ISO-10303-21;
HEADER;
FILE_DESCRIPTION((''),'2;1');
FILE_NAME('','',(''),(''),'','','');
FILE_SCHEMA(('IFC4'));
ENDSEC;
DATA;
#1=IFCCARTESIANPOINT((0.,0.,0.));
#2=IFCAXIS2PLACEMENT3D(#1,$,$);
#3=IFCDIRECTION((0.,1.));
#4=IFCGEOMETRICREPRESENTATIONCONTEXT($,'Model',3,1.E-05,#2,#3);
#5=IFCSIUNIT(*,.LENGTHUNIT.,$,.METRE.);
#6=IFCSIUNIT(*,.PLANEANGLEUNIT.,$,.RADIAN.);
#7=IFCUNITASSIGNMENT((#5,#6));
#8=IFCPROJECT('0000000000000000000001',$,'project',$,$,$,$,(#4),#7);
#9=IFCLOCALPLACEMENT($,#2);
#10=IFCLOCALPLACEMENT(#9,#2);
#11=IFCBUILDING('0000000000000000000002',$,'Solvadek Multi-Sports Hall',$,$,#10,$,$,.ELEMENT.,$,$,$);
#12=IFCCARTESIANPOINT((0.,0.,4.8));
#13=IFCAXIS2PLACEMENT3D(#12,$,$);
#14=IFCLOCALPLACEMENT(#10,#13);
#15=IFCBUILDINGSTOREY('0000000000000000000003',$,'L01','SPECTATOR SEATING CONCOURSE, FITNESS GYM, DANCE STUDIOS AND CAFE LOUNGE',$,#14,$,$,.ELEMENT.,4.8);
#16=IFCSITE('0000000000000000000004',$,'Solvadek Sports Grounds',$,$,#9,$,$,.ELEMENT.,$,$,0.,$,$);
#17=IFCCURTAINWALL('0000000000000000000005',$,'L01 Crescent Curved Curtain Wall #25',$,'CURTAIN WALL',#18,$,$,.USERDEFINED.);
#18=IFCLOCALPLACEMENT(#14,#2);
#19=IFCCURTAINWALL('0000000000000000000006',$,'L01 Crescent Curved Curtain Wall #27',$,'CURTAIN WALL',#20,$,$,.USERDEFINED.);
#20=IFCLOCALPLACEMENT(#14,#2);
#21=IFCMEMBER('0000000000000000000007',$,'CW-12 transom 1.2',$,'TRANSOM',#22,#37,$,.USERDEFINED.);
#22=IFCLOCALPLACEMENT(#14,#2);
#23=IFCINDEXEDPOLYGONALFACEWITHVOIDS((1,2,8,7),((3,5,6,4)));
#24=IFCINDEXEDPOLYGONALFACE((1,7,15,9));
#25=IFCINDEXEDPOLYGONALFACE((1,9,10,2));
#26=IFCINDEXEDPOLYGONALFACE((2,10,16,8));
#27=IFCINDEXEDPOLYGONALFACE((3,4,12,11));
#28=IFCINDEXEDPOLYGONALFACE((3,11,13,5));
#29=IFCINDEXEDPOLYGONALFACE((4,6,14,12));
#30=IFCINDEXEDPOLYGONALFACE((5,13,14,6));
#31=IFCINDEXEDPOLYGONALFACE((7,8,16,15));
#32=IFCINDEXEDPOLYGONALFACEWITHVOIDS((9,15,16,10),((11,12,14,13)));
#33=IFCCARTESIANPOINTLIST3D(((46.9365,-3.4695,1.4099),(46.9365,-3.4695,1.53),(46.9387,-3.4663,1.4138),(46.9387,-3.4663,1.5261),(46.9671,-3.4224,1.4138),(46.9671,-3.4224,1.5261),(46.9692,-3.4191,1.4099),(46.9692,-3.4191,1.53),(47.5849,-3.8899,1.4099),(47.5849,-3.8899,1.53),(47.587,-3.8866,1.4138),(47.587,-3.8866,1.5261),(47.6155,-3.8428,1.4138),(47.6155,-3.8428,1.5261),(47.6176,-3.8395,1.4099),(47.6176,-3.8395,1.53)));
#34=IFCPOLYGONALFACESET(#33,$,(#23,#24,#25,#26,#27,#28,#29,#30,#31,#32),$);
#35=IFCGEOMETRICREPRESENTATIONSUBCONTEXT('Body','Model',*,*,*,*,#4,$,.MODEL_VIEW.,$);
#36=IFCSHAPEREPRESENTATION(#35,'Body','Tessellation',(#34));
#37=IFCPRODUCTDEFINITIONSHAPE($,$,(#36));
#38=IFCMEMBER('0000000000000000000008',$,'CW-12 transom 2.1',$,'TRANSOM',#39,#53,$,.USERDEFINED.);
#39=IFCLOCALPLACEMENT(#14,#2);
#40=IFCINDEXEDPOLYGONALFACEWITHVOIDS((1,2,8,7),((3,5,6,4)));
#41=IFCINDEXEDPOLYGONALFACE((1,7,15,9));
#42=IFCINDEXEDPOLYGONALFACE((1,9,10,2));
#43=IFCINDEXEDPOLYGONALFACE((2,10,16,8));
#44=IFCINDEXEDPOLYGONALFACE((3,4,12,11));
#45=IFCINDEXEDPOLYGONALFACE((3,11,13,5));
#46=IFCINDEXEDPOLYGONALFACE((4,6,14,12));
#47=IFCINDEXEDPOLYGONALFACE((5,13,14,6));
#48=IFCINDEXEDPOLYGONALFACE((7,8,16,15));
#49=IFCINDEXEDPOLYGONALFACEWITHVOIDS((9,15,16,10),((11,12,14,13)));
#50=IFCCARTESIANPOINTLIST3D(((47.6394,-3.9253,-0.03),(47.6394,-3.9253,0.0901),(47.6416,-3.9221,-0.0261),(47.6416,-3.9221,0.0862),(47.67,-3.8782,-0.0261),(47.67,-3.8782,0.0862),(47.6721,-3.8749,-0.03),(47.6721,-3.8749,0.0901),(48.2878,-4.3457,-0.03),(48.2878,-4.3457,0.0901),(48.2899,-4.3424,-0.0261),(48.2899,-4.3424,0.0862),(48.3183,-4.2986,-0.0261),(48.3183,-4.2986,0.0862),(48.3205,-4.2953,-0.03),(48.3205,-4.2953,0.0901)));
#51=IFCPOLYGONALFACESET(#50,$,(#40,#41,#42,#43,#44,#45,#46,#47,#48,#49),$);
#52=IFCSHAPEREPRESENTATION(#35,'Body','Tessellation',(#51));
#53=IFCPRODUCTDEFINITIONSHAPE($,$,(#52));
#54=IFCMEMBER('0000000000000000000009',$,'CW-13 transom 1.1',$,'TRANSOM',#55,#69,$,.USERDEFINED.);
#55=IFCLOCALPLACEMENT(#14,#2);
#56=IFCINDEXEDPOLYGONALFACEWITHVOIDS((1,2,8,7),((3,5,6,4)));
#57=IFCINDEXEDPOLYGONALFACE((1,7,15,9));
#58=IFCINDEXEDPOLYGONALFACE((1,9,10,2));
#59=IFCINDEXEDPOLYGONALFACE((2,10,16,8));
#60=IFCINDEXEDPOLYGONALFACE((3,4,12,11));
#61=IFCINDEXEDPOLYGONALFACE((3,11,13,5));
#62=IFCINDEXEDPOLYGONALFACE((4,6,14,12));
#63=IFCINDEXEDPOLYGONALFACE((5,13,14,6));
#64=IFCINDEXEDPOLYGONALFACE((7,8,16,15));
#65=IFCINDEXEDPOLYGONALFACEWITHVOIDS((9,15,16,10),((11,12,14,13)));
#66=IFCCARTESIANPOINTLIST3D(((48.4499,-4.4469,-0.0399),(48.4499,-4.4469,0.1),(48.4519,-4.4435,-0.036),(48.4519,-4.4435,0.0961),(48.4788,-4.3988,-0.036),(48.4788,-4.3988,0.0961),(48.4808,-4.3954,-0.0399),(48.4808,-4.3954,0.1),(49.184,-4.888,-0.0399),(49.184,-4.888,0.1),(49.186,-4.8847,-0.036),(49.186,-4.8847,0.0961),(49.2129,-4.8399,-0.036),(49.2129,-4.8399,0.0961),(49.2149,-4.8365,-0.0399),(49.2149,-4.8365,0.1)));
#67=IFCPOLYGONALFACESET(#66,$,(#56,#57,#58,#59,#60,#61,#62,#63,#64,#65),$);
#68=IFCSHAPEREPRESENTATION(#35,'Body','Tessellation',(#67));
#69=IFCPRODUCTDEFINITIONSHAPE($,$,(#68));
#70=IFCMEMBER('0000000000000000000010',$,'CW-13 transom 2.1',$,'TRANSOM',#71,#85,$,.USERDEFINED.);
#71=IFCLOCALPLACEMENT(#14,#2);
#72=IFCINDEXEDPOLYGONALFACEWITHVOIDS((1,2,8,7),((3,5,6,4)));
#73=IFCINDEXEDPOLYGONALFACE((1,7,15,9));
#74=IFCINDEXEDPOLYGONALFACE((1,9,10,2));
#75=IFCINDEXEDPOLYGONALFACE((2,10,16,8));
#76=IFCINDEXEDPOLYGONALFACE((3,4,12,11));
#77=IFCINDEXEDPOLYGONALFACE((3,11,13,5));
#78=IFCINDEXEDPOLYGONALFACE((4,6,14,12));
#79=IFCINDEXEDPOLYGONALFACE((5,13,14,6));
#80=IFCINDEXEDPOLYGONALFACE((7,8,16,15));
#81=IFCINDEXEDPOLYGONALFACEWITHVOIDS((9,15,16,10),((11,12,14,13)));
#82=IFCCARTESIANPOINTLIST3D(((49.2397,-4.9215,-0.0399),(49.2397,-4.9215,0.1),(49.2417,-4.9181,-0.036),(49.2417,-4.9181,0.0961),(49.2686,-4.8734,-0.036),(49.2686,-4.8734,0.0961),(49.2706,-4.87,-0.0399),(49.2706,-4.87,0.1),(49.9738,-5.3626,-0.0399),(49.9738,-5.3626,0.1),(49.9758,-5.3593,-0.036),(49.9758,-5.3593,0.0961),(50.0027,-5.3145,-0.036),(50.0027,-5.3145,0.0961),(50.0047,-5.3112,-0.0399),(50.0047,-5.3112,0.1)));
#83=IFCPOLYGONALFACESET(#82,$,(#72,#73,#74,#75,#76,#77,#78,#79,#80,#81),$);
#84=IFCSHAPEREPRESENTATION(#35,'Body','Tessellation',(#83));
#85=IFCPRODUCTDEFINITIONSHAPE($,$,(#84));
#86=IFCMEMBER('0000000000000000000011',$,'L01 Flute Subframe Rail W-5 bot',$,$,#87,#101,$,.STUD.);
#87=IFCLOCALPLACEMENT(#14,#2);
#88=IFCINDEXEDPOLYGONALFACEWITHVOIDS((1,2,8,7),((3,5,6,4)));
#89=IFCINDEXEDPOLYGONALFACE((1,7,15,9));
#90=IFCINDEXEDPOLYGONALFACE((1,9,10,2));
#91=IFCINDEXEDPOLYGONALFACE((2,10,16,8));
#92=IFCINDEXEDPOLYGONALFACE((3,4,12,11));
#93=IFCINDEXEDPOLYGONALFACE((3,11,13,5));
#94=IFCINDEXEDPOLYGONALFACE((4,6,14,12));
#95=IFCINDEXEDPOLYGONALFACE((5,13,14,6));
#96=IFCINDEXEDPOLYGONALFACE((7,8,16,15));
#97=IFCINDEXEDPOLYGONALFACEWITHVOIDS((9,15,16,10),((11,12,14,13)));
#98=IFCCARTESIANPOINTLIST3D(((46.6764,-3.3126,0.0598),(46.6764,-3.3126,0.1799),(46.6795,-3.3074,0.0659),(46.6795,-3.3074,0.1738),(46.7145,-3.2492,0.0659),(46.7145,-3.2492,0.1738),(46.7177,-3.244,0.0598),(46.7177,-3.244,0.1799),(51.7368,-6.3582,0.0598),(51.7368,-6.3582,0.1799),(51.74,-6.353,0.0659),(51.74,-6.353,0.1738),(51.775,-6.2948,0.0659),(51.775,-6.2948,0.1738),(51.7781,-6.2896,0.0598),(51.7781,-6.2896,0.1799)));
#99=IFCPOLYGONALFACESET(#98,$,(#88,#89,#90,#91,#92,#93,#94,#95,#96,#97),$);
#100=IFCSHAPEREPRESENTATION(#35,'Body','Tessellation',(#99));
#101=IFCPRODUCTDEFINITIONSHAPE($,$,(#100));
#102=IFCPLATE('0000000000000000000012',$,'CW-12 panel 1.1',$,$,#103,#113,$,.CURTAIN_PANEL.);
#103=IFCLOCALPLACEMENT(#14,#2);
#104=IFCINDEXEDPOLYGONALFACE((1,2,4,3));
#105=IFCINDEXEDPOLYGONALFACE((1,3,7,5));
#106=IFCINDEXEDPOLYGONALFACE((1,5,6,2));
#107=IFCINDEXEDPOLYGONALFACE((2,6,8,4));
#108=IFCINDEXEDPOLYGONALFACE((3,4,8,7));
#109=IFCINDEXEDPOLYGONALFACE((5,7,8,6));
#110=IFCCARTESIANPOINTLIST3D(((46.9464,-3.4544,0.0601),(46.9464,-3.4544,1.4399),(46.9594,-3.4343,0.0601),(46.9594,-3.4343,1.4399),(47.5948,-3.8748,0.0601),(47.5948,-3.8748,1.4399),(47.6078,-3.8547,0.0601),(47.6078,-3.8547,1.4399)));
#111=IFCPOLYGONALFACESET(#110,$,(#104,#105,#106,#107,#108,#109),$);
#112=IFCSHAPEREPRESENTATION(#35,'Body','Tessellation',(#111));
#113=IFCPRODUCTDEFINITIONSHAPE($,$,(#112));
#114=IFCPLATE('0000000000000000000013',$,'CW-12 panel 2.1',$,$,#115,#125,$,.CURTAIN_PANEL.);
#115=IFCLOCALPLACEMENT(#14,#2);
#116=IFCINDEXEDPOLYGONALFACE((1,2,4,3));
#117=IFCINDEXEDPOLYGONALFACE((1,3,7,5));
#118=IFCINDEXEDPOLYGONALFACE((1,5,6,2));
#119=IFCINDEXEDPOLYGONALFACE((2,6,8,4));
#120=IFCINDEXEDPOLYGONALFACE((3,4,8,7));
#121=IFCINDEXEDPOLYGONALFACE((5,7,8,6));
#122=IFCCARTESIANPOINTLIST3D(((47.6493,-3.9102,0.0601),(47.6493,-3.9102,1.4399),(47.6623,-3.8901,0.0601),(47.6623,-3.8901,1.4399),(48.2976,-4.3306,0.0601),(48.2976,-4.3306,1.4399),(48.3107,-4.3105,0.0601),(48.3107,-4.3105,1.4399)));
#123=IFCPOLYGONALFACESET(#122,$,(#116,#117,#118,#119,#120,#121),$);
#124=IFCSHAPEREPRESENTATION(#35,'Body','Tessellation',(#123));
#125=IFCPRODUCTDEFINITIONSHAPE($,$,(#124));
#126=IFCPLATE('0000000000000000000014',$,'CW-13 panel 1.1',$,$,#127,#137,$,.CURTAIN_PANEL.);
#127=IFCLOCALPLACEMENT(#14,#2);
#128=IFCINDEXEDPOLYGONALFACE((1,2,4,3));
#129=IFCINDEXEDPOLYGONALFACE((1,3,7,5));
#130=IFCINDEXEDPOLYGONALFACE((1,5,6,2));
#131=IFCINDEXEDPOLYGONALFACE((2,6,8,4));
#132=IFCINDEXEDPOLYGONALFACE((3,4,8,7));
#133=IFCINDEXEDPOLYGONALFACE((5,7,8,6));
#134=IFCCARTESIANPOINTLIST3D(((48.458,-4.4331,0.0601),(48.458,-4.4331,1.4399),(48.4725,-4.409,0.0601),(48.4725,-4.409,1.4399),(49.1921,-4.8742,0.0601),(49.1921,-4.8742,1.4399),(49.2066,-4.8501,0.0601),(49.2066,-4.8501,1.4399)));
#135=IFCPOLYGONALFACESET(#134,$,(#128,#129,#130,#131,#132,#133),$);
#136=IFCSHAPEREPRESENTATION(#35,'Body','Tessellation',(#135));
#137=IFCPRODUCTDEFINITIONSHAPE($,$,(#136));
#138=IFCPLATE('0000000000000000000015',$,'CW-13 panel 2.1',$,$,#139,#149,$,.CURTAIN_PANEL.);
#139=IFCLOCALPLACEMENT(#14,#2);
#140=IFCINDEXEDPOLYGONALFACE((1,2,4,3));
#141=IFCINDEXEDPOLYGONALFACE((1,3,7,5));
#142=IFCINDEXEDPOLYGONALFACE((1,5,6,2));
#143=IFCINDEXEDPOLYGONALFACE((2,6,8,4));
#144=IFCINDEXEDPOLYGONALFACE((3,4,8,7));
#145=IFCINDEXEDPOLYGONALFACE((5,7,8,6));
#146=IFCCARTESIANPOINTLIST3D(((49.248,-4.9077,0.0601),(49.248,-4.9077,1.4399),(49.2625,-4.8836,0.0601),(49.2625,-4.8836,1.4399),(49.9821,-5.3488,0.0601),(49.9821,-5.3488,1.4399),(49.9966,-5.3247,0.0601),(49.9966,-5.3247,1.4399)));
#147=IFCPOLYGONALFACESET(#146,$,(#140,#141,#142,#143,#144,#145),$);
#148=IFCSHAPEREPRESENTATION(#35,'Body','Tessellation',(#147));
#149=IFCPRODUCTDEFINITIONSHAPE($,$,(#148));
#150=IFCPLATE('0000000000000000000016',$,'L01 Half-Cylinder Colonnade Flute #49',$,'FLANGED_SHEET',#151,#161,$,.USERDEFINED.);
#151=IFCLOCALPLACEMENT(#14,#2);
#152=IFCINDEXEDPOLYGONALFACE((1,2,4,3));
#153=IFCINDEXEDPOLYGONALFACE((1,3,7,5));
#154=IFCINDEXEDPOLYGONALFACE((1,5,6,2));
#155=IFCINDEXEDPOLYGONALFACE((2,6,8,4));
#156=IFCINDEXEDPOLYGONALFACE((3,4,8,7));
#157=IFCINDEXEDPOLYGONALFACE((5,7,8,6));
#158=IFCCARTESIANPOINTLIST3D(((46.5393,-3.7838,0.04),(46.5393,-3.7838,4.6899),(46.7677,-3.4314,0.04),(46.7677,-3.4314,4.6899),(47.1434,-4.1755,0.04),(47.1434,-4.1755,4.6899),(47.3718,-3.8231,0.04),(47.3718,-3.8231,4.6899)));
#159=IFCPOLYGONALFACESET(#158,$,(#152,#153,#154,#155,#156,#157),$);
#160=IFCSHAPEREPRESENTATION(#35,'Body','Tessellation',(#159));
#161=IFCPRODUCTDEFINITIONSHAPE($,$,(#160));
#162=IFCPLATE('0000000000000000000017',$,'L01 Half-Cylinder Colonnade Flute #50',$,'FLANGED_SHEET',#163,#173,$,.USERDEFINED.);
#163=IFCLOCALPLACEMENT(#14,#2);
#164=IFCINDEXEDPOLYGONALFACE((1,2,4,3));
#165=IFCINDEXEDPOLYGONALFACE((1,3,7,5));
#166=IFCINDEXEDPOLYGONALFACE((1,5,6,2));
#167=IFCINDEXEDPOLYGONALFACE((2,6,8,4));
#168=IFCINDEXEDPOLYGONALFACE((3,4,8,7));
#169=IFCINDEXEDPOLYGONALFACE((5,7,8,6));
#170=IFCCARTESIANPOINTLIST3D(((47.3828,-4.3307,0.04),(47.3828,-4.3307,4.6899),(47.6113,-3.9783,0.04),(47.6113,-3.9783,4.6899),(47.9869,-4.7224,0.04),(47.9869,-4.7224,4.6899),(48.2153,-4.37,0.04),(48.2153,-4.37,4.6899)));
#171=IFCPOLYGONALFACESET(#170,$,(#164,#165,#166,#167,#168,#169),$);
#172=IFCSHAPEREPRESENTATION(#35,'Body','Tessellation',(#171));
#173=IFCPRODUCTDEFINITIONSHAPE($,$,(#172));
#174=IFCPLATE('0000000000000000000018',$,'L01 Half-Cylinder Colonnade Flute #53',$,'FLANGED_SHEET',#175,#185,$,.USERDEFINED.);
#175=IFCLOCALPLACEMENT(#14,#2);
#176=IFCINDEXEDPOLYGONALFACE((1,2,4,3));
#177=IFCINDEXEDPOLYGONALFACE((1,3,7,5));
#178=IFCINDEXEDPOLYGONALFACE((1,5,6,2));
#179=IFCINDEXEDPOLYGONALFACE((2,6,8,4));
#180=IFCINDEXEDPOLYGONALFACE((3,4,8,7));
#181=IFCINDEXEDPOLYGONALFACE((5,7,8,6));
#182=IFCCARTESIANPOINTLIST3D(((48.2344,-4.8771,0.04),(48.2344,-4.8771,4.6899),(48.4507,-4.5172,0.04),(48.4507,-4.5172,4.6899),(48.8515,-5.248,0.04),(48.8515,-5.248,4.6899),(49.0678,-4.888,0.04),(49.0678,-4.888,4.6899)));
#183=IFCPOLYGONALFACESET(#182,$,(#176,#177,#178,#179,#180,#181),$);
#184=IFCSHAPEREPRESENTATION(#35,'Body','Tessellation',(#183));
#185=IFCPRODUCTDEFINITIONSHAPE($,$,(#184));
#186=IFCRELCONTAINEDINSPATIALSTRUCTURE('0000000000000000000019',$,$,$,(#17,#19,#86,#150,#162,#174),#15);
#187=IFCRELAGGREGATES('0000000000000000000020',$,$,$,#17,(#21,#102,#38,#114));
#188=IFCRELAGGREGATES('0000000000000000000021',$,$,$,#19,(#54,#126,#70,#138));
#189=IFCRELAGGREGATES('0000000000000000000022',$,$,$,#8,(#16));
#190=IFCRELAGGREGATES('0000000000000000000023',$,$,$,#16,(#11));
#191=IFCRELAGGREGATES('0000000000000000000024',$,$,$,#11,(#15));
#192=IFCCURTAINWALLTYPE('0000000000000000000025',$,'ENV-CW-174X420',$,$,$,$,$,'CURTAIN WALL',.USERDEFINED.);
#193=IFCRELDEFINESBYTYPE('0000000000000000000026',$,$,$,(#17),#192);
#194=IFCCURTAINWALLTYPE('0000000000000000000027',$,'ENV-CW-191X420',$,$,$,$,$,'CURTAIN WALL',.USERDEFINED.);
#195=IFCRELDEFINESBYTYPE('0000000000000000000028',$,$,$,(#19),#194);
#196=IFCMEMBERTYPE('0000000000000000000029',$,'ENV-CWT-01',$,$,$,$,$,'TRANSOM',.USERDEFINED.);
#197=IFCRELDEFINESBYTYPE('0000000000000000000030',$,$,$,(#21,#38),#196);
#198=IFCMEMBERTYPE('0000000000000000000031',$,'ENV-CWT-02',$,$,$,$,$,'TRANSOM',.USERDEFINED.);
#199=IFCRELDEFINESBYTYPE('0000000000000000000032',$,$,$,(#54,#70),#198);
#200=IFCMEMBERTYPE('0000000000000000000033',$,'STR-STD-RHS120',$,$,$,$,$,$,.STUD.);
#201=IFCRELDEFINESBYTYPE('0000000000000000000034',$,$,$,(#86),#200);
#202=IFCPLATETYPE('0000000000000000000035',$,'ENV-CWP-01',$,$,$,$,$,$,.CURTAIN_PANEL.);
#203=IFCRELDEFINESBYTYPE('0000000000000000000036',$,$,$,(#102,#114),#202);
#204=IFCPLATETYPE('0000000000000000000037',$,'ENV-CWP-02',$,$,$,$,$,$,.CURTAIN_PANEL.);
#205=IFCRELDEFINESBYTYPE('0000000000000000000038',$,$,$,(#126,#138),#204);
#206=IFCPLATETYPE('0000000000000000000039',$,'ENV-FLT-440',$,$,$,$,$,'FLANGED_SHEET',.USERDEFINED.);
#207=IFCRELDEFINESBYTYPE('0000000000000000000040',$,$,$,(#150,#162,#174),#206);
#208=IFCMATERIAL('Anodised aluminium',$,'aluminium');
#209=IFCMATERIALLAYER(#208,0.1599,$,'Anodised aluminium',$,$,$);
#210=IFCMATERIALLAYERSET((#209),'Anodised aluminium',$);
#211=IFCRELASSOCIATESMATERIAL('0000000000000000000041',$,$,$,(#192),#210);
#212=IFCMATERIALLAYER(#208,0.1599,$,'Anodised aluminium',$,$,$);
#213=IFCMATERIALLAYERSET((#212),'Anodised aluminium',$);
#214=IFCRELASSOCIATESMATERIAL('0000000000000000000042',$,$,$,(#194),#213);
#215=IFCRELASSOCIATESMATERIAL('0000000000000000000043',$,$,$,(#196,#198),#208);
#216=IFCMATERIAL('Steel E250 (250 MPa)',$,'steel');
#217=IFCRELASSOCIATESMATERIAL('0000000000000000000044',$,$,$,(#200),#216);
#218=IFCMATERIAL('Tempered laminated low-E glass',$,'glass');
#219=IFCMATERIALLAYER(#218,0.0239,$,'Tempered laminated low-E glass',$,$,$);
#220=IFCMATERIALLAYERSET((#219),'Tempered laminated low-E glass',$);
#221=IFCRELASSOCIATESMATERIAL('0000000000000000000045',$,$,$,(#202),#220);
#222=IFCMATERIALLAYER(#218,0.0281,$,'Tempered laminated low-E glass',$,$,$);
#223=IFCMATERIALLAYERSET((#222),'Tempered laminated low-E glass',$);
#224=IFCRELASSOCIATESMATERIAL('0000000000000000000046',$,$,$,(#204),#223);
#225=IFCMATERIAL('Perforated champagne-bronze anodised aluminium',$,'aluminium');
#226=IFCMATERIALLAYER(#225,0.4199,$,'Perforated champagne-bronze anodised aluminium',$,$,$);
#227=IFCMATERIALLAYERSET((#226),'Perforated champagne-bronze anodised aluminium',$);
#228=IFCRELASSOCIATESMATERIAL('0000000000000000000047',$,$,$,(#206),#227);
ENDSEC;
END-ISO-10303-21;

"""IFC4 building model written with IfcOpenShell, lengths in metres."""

from ifc_helpers import new_model, si_unit, direction, frame, origin, origin_2d, place, context, subcontext, project, spatial, rectangle, hollow_rectangle, extrude, material, layer, layer_set, material_profile, profile_set, type_object, element, aggregate, save


model = new_model("IFC4")

# Units and contexts
model_context = context("Model", 3, precision=1e-05, world=origin(), true_north=direction((0.0, 1.0)))
body_context = subcontext(model_context, "Body", "Model", "MODEL_VIEW")
ifc_project = project(units=[si_unit("LENGTHUNIT", "METRE"), si_unit("PLANEANGLEUNIT", "RADIAN")], contexts=[model_context])

# Site, building, storey
site_placement = place(None, origin())
site = spatial("IfcSite", under=ifc_project, at=site_placement, Name="Solvadek Sports Grounds", CompositionType="ELEMENT", RefElevation=0.0)
building_placement = place(site_placement, origin())
building = spatial("IfcBuilding", under=site, at=building_placement, Name="Solvadek Multi-Sports Hall", CompositionType="ELEMENT")
storey_placement = place(building_placement, frame((0.0, 0.0, 4.8)))
storey = spatial("IfcBuildingStorey", under=building, at=storey_placement, Name="L01", Description="SPECTATOR SEATING CONCOURSE, FITNESS GYM, DANCE STUDIOS AND CAFE LOUNGE", CompositionType="ELEMENT", Elevation=4.8)

# Shared definitions
ifc_material_1 = material(Name="Anodised aluminium", Category="aluminium")

# Curtain walls
ifc_layer_1 = layer(ifc_material_1, 0.1599, Name="Anodised aluminium")
ifc_layer_set_1 = layer_set([ifc_layer_1], Name="Anodised aluminium")
curtain_wall_type_1 = type_object("IfcCurtainWallType", Name="ENV-CW-174X420", ElementType="CURTAIN WALL", PredefinedType="USERDEFINED", material=ifc_layer_set_1)
curtain_wall_1_placement = place(storey_placement, origin())
curtain_wall_1 = element("IfcCurtainWall", 1, at=curtain_wall_1_placement, inside=storey, type_object=curtain_wall_type_1, Name="L01 Crescent Curved Curtain Wall #25", ObjectType="CURTAIN WALL", PredefinedType="USERDEFINED")
ifc_layer_2 = layer(ifc_material_1, 0.1599, Name="Anodised aluminium")
ifc_layer_set_2 = layer_set([ifc_layer_2], Name="Anodised aluminium")
curtain_wall_type_2 = type_object("IfcCurtainWallType", Name="ENV-CW-191X420", ElementType="CURTAIN WALL", PredefinedType="USERDEFINED", material=ifc_layer_set_2)
curtain_wall_2_placement = place(storey_placement, origin())
curtain_wall_2 = element("IfcCurtainWall", 2, at=curtain_wall_2_placement, inside=storey, type_object=curtain_wall_type_2, Name="L01 Crescent Curved Curtain Wall #27", ObjectType="CURTAIN WALL", PredefinedType="USERDEFINED")

# Members
ifc_material_profile_1 = material_profile(ifc_material_1, hollow_rectangle(XDim=0.0601, YDim=0.1201, WallThickness=0.0039, at=origin_2d()), Name="ALU-T 120x60x4")
ifc_profile_set_1 = profile_set([ifc_material_profile_1], Name="Anodised aluminium")
member_type_1 = type_object("IfcMemberType", Name="ENV-CWT-01", ElementType="TRANSOM", PredefinedType="USERDEFINED", material=ifc_profile_set_1)
member_1_placement = place(storey_placement, frame((46.9529, -3.4443, 1.47), z_axis=(0.839078, -0.544011, 0.0), x_axis=(0.544011, 0.839078, 0.0)))
member_1 = element("IfcMember", 3, at=member_1_placement, type_object=member_type_1, Name="CW-12 transom 1.2", ObjectType="TRANSOM", PredefinedType="USERDEFINED", context=body_context, shape_type="SweptSolid", body=[
    extrude(hollow_rectangle(XDim=0.0601, YDim=0.1201, WallThickness=0.0039, at=origin_2d()), origin(), (0.0, 0.0, 1.0), 0.7727),
])
member_2_placement = place(storey_placement, frame((47.6558, -3.9001, 0.03), z_axis=(0.839078, -0.544011, 0.0), x_axis=(0.544011, 0.839078, 0.0)))
member_2 = element("IfcMember", 4, at=member_2_placement, type_object=member_type_1, Name="CW-12 transom 2.1", ObjectType="TRANSOM", PredefinedType="USERDEFINED", context=body_context, shape_type="SweptSolid", body=[
    extrude(hollow_rectangle(XDim=0.0601, YDim=0.1201, WallThickness=0.0039, at=origin_2d()), origin(), (0.0, 0.0, 1.0), 0.7727),
])
ifc_material_profile_2 = material_profile(ifc_material_1, hollow_rectangle(XDim=0.0601, YDim=0.1399, WallThickness=0.0039, at=origin_2d()), Name="ALU-T 140x60x4")
ifc_profile_set_2 = profile_set([ifc_material_profile_2], Name="Anodised aluminium")
member_type_2 = type_object("IfcMemberType", Name="ENV-CWT-02", ElementType="TRANSOM", PredefinedType="USERDEFINED", material=ifc_profile_set_2)
member_3_placement = place(storey_placement, frame((48.4653, -4.4211, 0.03), z_axis=(0.857141, -0.515082, 0.0), x_axis=(0.515082, 0.857141, 0.0)))
member_3 = element("IfcMember", 5, at=member_3_placement, type_object=member_type_2, Name="CW-13 transom 1.1", ObjectType="TRANSOM", PredefinedType="USERDEFINED", context=body_context, shape_type="SweptSolid", body=[
    extrude(hollow_rectangle(XDim=0.0601, YDim=0.1399, WallThickness=0.0039, at=origin_2d()), origin(), (0.0, 0.0, 1.0), 0.8564),
])
member_4_placement = place(storey_placement, frame((49.2551, -4.8958, 0.03), z_axis=(0.857141, -0.515082, 0.0), x_axis=(0.515082, 0.857141, 0.0)))
member_4 = element("IfcMember", 6, at=member_4_placement, type_object=member_type_2, Name="CW-13 transom 2.1", ObjectType="TRANSOM", PredefinedType="USERDEFINED", context=body_context, shape_type="SweptSolid", body=[
    extrude(hollow_rectangle(XDim=0.0601, YDim=0.1399, WallThickness=0.0039, at=origin_2d()), origin(), (0.0, 0.0, 1.0), 0.8564),
])
ifc_material_2 = material(Name="Steel E250 (250 MPa)", Category="steel")
ifc_material_profile_3 = material_profile(ifc_material_2, hollow_rectangle(XDim=0.0801, YDim=0.1201, WallThickness=0.0061, at=origin_2d()), Name="RHS 120x80x6")
ifc_profile_set_3 = profile_set([ifc_material_profile_3], Name="Steel E250 (250 MPa)")
member_type_3 = type_object("IfcMemberType", Name="STR-STD-RHS120", PredefinedType="STUD", material=ifc_profile_set_3)
member_5_placement = place(storey_placement, frame((46.697, -3.2783, 0.1199), z_axis=(0.856796, -0.515656, 0.0), x_axis=(0.515656, 0.856796, 0.0)))
element("IfcMember", 7, at=member_5_placement, inside=storey, type_object=member_type_3, Name="L01 Flute Subframe Rail W-5 bot", PredefinedType="STUD", context=body_context, shape_type="SweptSolid", body=[
    extrude(hollow_rectangle(XDim=0.0801, YDim=0.1201, WallThickness=0.0061, at=origin_2d()), origin(), (0.0, 0.0, 1.0), 5.9062),
])

# Plates
ifc_material_3 = material(Name="Tempered laminated low-E glass", Category="glass")
ifc_layer_3 = layer(ifc_material_3, 0.0239, Name="Tempered laminated low-E glass")
ifc_layer_set_3 = layer_set([ifc_layer_3], Name="Tempered laminated low-E glass")
plate_type_1 = type_object("IfcPlateType", Name="ENV-CWP-01", PredefinedType="CURTAIN_PANEL", material=ifc_layer_set_3)
plate_1_placement = place(storey_placement, frame((47.2771, -3.6545, 0.0601), z_axis=(0.0, 0.0, 1.0), x_axis=(0.839046, -0.544061, 0.0)))
plate_1 = element("IfcPlate", 8, at=plate_1_placement, type_object=plate_type_1, Name="CW-12 panel 1.1", PredefinedType="CURTAIN_PANEL", context=body_context, shape_type="SweptSolid", body=[
    extrude(rectangle(XDim=0.7727, YDim=0.0239, at=origin_2d()), origin(), (0.0, 0.0, 1.0), 1.3799),
])
plate_2_placement = place(storey_placement, frame((47.98, -4.1104, 0.0601), z_axis=(0.0, 0.0, 1.0), x_axis=(0.839046, -0.544061, 0.0)))
plate_2 = element("IfcPlate", 9, at=plate_2_placement, type_object=plate_type_1, Name="CW-12 panel 2.1", PredefinedType="CURTAIN_PANEL", context=body_context, shape_type="SweptSolid", body=[
    extrude(rectangle(XDim=0.7727, YDim=0.0239, at=origin_2d()), origin(), (0.0, 0.0, 1.0), 1.3799),
])
aggregate(curtain_wall_1, [member_1, plate_1, member_2, plate_2])
ifc_layer_4 = layer(ifc_material_3, 0.0281, Name="Tempered laminated low-E glass")
ifc_layer_set_4 = layer_set([ifc_layer_4], Name="Tempered laminated low-E glass")
plate_type_2 = type_object("IfcPlateType", Name="ENV-CWP-02", PredefinedType="CURTAIN_PANEL", material=ifc_layer_set_4)
plate_3_placement = place(storey_placement, frame((48.8323, -4.6416, 0.0601), z_axis=(0.0, 0.0, 1.0), x_axis=(0.857155, -0.515058, 0.0)))
plate_3 = element("IfcPlate", 10, at=plate_3_placement, type_object=plate_type_2, Name="CW-13 panel 1.1", PredefinedType="CURTAIN_PANEL", context=body_context, shape_type="SweptSolid", body=[
    extrude(rectangle(XDim=0.8564, YDim=0.0281, at=origin_2d()), origin(), (0.0, 0.0, 1.0), 1.3799),
])
plate_4_placement = place(storey_placement, frame((49.6223, -5.1162, 0.0601), z_axis=(0.0, 0.0, 1.0), x_axis=(0.857155, -0.515058, 0.0)))
plate_4 = element("IfcPlate", 11, at=plate_4_placement, type_object=plate_type_2, Name="CW-13 panel 2.1", PredefinedType="CURTAIN_PANEL", context=body_context, shape_type="SweptSolid", body=[
    extrude(rectangle(XDim=0.8564, YDim=0.0281, at=origin_2d()), origin(), (0.0, 0.0, 1.0), 1.3799),
])
aggregate(curtain_wall_2, [member_3, plate_3, member_4, plate_4])

# Plates
ifc_material_4 = material(Name="Perforated champagne-bronze anodised aluminium", Category="aluminium")
ifc_layer_5 = layer(ifc_material_4, 0.4199, Name="Perforated champagne-bronze anodised aluminium")
ifc_layer_set_5 = layer_set([ifc_layer_5], Name="Perforated champagne-bronze anodised aluminium")
plate_type_3 = type_object("IfcPlateType", Name="ENV-FLT-440", ElementType="FLANGED_SHEET", PredefinedType="USERDEFINED", material=ifc_layer_set_5)
for number, where, z_axis, x_axis, name in (
    (12, (46.9556, -3.8035, 0.04), (0.0, 0.0, 1.0), (0.839053, -0.544049, 0.0), "L01 Half-Cylinder Colonnade Flute #49"),
    (13, (47.7991, -4.3503, 0.04), (0.0, 0.0, 1.0), (0.839053, -0.544049, 0.0), "L01 Half-Cylinder Colonnade Flute #50"),
    (14, (48.6511, -4.8826, 0.04), (0.0, 0.0, 1.0), (0.85713, -0.515101, 0.0), "L01 Half-Cylinder Colonnade Flute #53"),
):
    element("IfcPlate", number, at=place(storey_placement, frame(where, z_axis=z_axis, x_axis=x_axis)), inside=storey, type_object=plate_type_3, Name=name, ObjectType="FLANGED_SHEET", PredefinedType="USERDEFINED", context=body_context, shape_type="SweptSolid", body=[
        extrude(rectangle(XDim=0.72, YDim=0.4199, at=origin_2d()), origin(), (0.0, 0.0, 1.0), 4.6499),
    ])

save(model, "model.ifc")
